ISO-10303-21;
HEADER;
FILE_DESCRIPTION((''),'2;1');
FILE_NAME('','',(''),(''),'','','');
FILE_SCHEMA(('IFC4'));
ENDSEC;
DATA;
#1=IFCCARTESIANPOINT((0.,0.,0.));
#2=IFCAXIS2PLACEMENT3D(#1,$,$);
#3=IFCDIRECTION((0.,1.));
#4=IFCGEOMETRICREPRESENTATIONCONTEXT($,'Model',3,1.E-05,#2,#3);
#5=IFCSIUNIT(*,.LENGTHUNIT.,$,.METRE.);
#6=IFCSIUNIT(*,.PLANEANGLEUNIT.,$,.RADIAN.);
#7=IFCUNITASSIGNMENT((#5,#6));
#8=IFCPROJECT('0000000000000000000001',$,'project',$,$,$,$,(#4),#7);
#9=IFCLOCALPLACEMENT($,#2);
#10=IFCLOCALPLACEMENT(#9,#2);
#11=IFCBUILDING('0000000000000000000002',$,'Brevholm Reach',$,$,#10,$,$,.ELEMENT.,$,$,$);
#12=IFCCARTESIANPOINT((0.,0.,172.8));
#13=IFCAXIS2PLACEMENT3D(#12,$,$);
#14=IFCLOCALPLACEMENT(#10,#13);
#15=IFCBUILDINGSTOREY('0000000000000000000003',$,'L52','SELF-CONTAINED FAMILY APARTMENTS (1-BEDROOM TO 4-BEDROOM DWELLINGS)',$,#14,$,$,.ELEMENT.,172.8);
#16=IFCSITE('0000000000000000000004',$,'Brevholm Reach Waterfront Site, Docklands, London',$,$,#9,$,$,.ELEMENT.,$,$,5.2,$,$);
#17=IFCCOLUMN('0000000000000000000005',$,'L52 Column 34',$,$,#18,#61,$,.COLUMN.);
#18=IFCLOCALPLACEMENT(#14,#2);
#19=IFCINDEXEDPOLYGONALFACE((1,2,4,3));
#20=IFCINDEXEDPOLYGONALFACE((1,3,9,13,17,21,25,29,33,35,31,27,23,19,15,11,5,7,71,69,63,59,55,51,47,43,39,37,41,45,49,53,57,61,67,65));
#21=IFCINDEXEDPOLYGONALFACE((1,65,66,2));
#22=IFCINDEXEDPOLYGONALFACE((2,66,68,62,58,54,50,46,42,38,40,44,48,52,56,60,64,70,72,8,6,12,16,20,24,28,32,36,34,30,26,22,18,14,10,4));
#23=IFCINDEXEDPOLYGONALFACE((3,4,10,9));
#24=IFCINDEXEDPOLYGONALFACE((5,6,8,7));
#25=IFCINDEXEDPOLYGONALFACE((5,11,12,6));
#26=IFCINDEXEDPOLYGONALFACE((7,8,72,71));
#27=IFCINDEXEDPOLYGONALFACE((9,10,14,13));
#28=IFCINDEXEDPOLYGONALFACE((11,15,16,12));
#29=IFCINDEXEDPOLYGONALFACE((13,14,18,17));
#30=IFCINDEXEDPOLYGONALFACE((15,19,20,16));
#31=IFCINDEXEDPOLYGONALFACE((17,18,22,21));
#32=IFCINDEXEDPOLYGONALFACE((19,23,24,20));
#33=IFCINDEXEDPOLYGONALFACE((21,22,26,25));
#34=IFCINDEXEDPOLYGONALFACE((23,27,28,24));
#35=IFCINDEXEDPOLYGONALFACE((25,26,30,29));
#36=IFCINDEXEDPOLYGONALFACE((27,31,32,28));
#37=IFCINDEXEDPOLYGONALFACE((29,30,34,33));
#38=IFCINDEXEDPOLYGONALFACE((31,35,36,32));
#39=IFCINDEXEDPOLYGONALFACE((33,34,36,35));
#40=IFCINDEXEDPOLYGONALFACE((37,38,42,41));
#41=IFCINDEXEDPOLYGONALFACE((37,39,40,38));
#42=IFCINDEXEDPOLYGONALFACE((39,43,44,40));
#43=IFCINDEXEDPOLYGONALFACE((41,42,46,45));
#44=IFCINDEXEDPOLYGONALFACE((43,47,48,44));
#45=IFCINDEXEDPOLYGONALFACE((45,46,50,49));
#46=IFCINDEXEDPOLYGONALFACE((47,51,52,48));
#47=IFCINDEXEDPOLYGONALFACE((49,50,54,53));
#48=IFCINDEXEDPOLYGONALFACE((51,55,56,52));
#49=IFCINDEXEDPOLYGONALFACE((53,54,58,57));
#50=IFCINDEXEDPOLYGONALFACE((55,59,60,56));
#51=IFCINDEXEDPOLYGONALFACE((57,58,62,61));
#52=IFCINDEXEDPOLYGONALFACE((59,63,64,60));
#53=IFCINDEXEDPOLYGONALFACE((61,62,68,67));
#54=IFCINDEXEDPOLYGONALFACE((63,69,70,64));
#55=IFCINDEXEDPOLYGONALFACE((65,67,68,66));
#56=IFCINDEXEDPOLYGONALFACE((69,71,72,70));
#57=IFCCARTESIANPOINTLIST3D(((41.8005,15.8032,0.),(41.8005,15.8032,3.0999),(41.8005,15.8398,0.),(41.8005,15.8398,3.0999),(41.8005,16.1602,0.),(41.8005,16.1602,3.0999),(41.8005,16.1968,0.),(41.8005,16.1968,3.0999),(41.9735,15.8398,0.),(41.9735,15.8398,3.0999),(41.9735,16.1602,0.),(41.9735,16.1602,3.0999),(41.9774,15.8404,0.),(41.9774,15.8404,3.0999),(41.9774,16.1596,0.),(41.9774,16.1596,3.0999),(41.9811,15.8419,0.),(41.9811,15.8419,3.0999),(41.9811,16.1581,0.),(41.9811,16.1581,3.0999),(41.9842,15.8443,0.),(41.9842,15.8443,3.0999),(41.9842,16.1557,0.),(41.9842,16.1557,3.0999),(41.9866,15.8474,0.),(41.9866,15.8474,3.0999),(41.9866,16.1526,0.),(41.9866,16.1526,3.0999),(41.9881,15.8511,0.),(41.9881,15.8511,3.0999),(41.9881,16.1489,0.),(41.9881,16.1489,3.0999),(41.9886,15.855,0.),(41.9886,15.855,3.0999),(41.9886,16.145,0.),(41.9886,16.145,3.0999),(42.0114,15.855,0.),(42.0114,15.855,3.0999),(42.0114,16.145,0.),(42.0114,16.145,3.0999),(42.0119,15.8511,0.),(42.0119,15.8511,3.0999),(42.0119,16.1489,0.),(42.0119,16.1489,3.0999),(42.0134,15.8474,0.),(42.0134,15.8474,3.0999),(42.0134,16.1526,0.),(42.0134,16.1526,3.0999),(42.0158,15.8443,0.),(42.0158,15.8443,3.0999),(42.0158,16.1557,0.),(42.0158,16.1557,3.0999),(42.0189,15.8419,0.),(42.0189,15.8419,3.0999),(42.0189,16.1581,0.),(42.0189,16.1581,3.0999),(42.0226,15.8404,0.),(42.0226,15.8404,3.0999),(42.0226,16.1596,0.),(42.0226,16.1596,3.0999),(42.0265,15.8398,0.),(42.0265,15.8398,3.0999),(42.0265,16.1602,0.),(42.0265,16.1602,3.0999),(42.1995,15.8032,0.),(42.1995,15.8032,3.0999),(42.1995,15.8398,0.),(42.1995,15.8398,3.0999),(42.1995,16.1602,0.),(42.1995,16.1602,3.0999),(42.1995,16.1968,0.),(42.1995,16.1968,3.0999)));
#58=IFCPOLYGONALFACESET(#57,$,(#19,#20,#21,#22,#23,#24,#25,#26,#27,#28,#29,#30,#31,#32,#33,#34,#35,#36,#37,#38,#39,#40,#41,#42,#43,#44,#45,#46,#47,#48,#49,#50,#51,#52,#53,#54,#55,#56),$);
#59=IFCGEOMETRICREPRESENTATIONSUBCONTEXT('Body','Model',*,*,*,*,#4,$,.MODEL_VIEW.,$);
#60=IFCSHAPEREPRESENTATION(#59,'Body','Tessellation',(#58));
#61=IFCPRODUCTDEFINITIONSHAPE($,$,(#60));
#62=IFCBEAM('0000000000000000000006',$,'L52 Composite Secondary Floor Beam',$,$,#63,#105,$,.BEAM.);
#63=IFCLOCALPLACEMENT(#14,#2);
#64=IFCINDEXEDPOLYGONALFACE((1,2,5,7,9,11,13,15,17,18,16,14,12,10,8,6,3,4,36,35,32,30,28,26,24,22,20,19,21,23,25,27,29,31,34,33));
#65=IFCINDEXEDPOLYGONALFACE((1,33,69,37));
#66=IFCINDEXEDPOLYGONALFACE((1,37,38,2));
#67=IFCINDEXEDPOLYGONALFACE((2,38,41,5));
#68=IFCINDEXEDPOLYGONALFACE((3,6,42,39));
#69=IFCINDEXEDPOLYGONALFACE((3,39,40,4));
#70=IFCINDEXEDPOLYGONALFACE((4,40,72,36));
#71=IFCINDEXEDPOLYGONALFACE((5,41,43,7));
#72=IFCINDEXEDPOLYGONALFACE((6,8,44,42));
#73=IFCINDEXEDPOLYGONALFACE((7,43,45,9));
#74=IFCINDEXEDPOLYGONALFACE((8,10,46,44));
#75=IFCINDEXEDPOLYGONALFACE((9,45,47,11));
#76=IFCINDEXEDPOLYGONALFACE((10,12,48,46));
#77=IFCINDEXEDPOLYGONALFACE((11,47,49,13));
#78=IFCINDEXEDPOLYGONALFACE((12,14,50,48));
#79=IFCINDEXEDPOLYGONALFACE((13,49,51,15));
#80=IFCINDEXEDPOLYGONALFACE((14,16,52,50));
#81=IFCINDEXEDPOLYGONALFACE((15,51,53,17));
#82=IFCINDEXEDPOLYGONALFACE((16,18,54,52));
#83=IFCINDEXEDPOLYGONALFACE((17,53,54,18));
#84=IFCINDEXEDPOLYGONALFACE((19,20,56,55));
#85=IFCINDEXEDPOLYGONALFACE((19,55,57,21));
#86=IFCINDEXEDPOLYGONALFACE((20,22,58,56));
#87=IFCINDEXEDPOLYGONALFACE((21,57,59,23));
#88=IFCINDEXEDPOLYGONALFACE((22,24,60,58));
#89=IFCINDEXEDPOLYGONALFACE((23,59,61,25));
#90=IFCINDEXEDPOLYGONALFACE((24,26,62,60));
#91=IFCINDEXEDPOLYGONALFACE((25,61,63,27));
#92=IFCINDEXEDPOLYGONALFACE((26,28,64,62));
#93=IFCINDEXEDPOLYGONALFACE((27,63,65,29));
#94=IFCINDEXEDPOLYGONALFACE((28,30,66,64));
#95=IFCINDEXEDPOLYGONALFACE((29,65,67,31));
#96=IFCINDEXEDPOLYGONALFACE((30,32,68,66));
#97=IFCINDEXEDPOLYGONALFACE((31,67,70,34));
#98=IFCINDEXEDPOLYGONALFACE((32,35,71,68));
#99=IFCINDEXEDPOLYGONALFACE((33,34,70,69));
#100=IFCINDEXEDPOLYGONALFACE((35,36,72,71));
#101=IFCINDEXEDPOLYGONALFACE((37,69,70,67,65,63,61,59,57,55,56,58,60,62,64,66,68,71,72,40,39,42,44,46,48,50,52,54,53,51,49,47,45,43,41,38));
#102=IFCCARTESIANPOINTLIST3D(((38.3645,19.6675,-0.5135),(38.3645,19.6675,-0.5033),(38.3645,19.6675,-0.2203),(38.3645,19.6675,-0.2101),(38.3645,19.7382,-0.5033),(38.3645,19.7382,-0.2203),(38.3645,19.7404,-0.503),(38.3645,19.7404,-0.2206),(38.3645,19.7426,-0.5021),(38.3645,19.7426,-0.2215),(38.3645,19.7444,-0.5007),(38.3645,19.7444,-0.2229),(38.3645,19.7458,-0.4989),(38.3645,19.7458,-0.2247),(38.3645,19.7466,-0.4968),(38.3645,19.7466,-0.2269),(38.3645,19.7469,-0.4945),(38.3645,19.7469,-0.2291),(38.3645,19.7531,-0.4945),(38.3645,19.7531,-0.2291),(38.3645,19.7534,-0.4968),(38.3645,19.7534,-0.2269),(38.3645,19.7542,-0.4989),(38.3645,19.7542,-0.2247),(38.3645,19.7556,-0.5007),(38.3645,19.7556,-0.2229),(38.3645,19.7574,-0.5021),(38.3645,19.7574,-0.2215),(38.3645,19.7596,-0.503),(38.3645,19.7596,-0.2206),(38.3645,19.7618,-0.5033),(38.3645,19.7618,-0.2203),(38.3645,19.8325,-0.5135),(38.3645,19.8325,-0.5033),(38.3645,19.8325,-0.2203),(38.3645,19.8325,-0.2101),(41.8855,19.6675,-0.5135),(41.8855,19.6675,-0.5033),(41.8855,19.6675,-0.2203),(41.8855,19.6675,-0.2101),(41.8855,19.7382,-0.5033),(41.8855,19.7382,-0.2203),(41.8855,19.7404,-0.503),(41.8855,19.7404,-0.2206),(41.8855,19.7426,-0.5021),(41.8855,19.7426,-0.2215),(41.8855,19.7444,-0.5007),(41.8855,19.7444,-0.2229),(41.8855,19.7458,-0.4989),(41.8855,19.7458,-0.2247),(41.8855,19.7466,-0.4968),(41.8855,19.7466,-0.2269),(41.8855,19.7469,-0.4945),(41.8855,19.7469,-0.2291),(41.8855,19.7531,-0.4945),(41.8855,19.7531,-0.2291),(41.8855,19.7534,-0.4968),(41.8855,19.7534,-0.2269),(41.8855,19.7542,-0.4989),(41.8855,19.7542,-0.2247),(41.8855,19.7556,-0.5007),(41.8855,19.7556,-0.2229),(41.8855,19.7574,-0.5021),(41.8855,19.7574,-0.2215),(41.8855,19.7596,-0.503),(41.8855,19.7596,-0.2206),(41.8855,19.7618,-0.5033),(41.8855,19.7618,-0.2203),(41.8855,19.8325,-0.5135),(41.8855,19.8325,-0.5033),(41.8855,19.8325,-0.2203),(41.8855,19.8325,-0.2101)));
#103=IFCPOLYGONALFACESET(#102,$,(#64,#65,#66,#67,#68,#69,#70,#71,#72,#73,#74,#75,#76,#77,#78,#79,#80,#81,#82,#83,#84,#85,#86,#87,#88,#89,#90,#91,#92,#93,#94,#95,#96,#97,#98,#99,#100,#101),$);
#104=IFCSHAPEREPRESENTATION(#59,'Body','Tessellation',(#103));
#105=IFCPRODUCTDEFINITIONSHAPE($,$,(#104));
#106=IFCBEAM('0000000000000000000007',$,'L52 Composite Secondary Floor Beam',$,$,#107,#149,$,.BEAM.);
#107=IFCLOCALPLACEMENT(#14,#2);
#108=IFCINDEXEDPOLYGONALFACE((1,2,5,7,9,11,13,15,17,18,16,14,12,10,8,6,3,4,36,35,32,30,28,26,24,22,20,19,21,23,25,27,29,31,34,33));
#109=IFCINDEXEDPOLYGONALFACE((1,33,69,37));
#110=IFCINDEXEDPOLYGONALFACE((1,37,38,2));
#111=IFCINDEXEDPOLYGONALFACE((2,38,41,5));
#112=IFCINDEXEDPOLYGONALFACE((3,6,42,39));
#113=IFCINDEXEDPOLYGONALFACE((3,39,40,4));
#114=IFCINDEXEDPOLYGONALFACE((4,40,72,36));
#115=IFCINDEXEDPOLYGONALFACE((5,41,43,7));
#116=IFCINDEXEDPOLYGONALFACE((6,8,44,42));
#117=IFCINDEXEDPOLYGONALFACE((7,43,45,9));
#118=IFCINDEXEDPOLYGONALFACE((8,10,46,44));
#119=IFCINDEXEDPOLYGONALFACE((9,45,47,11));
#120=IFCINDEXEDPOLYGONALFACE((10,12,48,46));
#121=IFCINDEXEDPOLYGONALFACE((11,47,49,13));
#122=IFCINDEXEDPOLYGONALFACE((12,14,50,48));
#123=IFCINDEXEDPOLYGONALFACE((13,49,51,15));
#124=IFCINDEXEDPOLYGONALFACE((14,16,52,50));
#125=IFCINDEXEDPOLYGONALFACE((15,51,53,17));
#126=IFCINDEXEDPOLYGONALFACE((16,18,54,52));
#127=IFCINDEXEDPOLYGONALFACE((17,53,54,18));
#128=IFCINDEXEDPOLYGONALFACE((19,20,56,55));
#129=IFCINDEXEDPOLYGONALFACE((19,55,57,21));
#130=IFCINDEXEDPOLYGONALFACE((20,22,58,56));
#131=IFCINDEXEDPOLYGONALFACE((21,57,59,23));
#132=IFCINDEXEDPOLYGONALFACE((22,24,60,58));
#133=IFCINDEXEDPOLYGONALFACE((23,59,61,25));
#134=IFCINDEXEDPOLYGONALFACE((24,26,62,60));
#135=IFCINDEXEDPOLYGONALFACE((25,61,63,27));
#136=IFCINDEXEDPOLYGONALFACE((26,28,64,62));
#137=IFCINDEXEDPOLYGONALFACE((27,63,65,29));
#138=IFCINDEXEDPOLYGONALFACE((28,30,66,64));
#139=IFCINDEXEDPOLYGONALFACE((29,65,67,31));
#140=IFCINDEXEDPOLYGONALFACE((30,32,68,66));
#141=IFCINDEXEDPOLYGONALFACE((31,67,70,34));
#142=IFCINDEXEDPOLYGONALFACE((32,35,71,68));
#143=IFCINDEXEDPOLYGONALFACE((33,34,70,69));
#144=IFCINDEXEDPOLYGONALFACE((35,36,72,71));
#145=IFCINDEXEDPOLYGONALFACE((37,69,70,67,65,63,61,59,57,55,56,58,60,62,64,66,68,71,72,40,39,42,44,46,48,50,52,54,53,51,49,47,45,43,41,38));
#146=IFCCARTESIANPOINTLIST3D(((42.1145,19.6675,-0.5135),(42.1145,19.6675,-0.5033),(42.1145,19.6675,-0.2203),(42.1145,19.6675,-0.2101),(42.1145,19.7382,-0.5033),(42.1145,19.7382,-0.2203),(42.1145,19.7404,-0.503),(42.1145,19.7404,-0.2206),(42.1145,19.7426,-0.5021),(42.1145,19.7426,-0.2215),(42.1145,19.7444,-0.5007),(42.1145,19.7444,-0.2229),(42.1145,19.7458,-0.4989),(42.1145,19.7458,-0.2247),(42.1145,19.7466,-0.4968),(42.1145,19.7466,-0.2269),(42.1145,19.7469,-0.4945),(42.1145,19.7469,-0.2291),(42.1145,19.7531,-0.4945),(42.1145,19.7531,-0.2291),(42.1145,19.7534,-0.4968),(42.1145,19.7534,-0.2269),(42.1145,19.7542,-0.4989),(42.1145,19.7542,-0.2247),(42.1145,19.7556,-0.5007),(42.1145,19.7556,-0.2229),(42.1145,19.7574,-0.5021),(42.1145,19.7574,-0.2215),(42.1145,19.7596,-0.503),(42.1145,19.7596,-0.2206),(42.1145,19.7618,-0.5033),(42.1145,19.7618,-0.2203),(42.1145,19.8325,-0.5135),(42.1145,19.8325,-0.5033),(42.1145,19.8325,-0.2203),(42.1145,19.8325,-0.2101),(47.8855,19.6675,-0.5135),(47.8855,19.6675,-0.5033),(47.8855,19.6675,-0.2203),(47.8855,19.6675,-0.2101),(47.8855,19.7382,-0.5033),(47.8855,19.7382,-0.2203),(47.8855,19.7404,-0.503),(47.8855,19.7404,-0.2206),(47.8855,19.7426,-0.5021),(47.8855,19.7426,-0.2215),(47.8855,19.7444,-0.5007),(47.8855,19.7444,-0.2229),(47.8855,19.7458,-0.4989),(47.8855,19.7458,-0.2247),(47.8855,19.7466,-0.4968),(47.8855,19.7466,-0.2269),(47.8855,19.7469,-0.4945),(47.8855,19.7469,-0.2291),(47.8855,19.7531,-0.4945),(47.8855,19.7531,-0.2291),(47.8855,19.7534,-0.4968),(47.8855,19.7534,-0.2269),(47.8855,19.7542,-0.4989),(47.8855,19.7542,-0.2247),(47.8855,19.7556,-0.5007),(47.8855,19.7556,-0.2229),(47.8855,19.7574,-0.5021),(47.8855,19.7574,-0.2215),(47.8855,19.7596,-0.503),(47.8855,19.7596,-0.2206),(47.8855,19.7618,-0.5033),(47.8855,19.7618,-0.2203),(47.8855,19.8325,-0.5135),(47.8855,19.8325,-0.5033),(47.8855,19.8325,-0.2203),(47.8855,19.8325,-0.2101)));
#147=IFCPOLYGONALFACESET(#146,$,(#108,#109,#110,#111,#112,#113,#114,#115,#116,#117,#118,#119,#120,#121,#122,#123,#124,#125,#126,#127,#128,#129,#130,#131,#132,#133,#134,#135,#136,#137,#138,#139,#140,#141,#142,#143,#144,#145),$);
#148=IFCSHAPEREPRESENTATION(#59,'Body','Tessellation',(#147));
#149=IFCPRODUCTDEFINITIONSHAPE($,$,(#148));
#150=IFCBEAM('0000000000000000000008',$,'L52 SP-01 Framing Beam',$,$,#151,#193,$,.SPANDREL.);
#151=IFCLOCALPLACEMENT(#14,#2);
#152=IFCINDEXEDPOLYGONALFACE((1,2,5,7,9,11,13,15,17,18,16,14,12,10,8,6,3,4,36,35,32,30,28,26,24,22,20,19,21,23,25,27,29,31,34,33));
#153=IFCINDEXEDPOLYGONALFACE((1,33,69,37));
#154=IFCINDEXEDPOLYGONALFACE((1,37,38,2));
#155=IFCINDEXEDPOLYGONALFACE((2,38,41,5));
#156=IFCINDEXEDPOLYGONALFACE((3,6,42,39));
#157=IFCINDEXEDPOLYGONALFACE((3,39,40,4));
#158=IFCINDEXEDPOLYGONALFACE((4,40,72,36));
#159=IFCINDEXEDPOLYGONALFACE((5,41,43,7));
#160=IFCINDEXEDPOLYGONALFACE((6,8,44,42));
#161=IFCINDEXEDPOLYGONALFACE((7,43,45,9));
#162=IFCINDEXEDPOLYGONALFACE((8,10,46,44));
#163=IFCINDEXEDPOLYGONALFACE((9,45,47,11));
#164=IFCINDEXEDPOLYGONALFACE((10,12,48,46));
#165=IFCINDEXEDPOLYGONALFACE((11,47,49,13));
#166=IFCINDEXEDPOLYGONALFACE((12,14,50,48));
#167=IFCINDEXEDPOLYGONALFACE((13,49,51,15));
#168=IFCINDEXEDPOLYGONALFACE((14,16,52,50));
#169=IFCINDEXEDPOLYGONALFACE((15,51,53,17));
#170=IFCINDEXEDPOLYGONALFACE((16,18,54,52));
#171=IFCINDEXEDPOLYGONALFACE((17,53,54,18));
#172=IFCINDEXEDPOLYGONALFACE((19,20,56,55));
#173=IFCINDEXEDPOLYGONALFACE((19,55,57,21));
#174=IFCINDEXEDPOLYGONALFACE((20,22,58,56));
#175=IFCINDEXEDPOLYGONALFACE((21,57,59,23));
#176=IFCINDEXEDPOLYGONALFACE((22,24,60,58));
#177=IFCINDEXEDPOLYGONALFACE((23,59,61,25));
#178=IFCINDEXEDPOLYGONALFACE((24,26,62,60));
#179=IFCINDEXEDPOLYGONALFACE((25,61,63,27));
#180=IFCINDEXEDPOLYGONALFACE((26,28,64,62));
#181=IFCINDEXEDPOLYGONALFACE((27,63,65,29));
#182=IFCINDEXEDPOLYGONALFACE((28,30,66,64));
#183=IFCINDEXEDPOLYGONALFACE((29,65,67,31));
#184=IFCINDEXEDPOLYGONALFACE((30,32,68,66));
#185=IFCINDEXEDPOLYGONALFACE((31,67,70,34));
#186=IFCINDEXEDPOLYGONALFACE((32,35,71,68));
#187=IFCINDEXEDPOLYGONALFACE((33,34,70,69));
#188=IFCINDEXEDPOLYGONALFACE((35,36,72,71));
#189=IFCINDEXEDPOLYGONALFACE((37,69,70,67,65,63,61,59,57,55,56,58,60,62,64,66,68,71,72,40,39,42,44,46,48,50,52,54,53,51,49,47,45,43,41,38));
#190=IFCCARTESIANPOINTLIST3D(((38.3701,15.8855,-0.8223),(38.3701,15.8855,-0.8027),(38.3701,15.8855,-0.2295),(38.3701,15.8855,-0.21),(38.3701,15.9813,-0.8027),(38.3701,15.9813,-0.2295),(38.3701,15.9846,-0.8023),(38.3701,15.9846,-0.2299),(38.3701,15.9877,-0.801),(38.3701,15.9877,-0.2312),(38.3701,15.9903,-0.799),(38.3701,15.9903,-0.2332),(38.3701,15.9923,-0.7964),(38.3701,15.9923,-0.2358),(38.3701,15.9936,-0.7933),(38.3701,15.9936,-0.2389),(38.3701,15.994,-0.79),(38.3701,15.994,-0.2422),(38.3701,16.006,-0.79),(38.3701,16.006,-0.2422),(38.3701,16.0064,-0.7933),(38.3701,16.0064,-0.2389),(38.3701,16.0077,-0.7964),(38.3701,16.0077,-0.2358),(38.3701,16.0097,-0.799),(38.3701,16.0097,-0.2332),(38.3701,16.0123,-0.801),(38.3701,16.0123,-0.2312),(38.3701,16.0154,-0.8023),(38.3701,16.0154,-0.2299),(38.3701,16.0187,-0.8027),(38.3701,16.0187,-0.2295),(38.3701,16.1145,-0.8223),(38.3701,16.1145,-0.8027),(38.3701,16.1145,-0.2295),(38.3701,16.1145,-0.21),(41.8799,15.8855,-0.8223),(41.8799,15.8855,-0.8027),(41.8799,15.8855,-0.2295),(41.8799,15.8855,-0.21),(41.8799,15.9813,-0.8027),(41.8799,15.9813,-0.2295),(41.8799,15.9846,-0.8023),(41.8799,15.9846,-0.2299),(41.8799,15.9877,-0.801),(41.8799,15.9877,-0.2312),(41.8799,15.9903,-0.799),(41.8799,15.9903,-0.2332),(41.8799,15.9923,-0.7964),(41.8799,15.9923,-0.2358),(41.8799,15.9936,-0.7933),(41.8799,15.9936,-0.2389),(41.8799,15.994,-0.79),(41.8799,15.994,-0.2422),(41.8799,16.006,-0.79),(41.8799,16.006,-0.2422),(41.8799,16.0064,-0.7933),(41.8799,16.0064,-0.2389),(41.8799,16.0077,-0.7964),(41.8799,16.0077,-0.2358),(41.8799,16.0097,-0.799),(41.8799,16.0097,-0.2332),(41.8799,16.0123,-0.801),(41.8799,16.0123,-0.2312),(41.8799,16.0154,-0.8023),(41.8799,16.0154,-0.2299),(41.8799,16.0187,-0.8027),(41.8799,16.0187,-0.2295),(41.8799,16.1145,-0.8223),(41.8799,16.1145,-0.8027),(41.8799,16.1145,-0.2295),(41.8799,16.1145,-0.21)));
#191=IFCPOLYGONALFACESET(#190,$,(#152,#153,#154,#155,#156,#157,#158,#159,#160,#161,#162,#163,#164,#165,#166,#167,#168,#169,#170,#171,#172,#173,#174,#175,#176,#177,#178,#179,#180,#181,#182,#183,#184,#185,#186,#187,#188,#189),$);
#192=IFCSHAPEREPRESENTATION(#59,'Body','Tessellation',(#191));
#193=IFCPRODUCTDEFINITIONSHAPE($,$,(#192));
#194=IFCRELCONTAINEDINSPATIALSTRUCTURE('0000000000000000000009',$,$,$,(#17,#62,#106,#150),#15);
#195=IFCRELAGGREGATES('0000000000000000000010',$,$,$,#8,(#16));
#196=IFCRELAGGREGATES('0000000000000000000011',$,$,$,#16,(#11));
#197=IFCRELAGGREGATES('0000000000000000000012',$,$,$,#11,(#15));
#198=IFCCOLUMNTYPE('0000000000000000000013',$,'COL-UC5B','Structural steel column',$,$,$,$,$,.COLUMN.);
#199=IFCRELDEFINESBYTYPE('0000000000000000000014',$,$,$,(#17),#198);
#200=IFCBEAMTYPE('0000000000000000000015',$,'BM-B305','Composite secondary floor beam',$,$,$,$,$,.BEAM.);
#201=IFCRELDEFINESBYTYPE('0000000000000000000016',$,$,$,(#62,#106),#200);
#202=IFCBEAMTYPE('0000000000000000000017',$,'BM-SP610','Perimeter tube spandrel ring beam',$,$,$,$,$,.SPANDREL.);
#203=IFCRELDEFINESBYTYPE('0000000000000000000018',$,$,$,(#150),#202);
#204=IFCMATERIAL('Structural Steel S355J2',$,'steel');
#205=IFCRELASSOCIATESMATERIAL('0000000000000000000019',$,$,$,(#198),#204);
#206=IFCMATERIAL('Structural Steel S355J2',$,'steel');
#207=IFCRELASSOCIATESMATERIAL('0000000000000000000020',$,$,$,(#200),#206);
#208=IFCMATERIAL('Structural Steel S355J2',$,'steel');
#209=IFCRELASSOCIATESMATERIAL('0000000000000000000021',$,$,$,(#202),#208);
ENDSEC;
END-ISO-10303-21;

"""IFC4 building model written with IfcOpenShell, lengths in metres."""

from ifc_helpers import new_model, si_unit, direction, frame, origin, origin_2d, place, context, subcontext, project, spatial, i_section, extrude, material, material_profile, profile_set, type_object, element, save


model = new_model("IFC4")

# Units and contexts
model_context = context("Model", 3, precision=1e-05, world=origin(), true_north=direction((0.0, 1.0)))
body_context = subcontext(model_context, "Body", "Model", "MODEL_VIEW")
ifc_project = project(units=[si_unit("LENGTHUNIT", "METRE"), si_unit("PLANEANGLEUNIT", "RADIAN")], contexts=[model_context])

# Site, building, storey
site_placement = place(None, origin())
site = spatial("IfcSite", under=ifc_project, at=site_placement, Name="Brevholm Reach Waterfront Site, Docklands, London", CompositionType="ELEMENT", RefElevation=5.2)
building_placement = place(site_placement, origin())
building = spatial("IfcBuilding", under=site, at=building_placement, Name="Brevholm Reach", CompositionType="ELEMENT")
storey_placement = place(building_placement, frame((0.0, 0.0, 172.8)))
storey = spatial("IfcBuildingStorey", under=building, at=storey_placement, Name="L52", Description="SELF-CONTAINED FAMILY APARTMENTS (1-BEDROOM TO 4-BEDROOM DWELLINGS)", CompositionType="ELEMENT", Elevation=172.8)

# Column
ifc_material_1 = material(Name="Structural Steel S355J2", Category="steel")
ifc_material_profile_1 = material_profile(ifc_material_1, i_section(OverallWidth=0.3989, OverallDepth=0.3936, WebThickness=0.0227, FlangeThickness=0.0366, FilletRadius=0.0151, at=origin_2d()), Name="UKC 356x406x287")
ifc_profile_set_1 = profile_set([ifc_material_profile_1], Name="Structural Steel S355J2")
column_type = type_object("IfcColumnType", Name="COL-UC5B", Description="Structural steel column", PredefinedType="COLUMN", material=ifc_profile_set_1)
column_placement = place(storey_placement, frame((42.0, 16.0, 0.0), z_axis=(0.0, 0.0, 1.0), x_axis=(1.0, 0.0, 0.0)))
element("IfcColumn", 1, at=column_placement, inside=storey, type_object=column_type, Name="L52 Column 34", PredefinedType="COLUMN", context=body_context, shape_type="SweptSolid", body=[
    extrude(i_section(OverallWidth=0.3989, OverallDepth=0.3936, WebThickness=0.0227, FlangeThickness=0.0366, FilletRadius=0.0151, at=origin_2d()), origin(), (0.0, 0.0, 1.0), 3.0999),
])

# Beams
ifc_material_2 = material(Name="Structural Steel S355J2", Category="steel")
ifc_material_profile_2 = material_profile(ifc_material_2, i_section(OverallWidth=0.165, OverallDepth=0.3035, WebThickness=0.0061, FlangeThickness=0.0103, FilletRadius=0.0088, at=origin_2d()), Name="UKB 305x165x40")
ifc_profile_set_2 = profile_set([ifc_material_profile_2], Name="Structural Steel S355J2")
beam_type_1 = type_object("IfcBeamType", Name="BM-B305", Description="Composite secondary floor beam", PredefinedType="BEAM", material=ifc_profile_set_2)
beam_1_placement = place(storey_placement, frame((38.3645, 19.75, -0.3618), z_axis=(1.0, 0.0, 0.0), x_axis=(0.0, 1.0, 0.0)))
element("IfcBeam", 2, at=beam_1_placement, inside=storey, type_object=beam_type_1, Name="L52 Composite Secondary Floor Beam", PredefinedType="BEAM", context=body_context, shape_type="SweptSolid", body=[
    extrude(i_section(OverallWidth=0.165, OverallDepth=0.3035, WebThickness=0.0061, FlangeThickness=0.0103, FilletRadius=0.0088, at=origin_2d()), origin(), (0.0, 0.0, 1.0), 3.521),
])
beam_2_placement = place(storey_placement, frame((42.1145, 19.75, -0.3618), z_axis=(1.0, 0.0, 0.0), x_axis=(0.0, 1.0, 0.0)))
element("IfcBeam", 3, at=beam_2_placement, inside=storey, type_object=beam_type_1, Name="L52 Composite Secondary Floor Beam", PredefinedType="BEAM", context=body_context, shape_type="SweptSolid", body=[
    extrude(i_section(OverallWidth=0.165, OverallDepth=0.3035, WebThickness=0.0061, FlangeThickness=0.0103, FilletRadius=0.0088, at=origin_2d()), origin(), (0.0, 0.0, 1.0), 5.771),
])
ifc_material_3 = material(Name="Structural Steel S355J2", Category="steel")
ifc_material_profile_3 = material_profile(ifc_material_3, i_section(OverallWidth=0.229, OverallDepth=0.6123, WebThickness=0.012, FlangeThickness=0.0195, FilletRadius=0.0127, at=origin_2d()), Name="UKB 610x229x125")
ifc_profile_set_3 = profile_set([ifc_material_profile_3], Name="Structural Steel S355J2")
beam_type_2 = type_object("IfcBeamType", Name="BM-SP610", Description="Perimeter tube spandrel ring beam", PredefinedType="SPANDREL", material=ifc_profile_set_3)
beam_3_placement = place(storey_placement, frame((38.3701, 16.0, -0.5161), z_axis=(1.0, 0.0, 0.0), x_axis=(0.0, 1.0, 0.0)))
element("IfcBeam", 4, at=beam_3_placement, inside=storey, type_object=beam_type_2, Name="L52 SP-01 Framing Beam", PredefinedType="SPANDREL", context=body_context, shape_type="SweptSolid", body=[
    extrude(i_section(OverallWidth=0.229, OverallDepth=0.6123, WebThickness=0.012, FlangeThickness=0.0195, FilletRadius=0.0127, at=origin_2d()), origin(), (0.0, 0.0, 1.0), 3.5098),
])

save(model, "model.ifc")
